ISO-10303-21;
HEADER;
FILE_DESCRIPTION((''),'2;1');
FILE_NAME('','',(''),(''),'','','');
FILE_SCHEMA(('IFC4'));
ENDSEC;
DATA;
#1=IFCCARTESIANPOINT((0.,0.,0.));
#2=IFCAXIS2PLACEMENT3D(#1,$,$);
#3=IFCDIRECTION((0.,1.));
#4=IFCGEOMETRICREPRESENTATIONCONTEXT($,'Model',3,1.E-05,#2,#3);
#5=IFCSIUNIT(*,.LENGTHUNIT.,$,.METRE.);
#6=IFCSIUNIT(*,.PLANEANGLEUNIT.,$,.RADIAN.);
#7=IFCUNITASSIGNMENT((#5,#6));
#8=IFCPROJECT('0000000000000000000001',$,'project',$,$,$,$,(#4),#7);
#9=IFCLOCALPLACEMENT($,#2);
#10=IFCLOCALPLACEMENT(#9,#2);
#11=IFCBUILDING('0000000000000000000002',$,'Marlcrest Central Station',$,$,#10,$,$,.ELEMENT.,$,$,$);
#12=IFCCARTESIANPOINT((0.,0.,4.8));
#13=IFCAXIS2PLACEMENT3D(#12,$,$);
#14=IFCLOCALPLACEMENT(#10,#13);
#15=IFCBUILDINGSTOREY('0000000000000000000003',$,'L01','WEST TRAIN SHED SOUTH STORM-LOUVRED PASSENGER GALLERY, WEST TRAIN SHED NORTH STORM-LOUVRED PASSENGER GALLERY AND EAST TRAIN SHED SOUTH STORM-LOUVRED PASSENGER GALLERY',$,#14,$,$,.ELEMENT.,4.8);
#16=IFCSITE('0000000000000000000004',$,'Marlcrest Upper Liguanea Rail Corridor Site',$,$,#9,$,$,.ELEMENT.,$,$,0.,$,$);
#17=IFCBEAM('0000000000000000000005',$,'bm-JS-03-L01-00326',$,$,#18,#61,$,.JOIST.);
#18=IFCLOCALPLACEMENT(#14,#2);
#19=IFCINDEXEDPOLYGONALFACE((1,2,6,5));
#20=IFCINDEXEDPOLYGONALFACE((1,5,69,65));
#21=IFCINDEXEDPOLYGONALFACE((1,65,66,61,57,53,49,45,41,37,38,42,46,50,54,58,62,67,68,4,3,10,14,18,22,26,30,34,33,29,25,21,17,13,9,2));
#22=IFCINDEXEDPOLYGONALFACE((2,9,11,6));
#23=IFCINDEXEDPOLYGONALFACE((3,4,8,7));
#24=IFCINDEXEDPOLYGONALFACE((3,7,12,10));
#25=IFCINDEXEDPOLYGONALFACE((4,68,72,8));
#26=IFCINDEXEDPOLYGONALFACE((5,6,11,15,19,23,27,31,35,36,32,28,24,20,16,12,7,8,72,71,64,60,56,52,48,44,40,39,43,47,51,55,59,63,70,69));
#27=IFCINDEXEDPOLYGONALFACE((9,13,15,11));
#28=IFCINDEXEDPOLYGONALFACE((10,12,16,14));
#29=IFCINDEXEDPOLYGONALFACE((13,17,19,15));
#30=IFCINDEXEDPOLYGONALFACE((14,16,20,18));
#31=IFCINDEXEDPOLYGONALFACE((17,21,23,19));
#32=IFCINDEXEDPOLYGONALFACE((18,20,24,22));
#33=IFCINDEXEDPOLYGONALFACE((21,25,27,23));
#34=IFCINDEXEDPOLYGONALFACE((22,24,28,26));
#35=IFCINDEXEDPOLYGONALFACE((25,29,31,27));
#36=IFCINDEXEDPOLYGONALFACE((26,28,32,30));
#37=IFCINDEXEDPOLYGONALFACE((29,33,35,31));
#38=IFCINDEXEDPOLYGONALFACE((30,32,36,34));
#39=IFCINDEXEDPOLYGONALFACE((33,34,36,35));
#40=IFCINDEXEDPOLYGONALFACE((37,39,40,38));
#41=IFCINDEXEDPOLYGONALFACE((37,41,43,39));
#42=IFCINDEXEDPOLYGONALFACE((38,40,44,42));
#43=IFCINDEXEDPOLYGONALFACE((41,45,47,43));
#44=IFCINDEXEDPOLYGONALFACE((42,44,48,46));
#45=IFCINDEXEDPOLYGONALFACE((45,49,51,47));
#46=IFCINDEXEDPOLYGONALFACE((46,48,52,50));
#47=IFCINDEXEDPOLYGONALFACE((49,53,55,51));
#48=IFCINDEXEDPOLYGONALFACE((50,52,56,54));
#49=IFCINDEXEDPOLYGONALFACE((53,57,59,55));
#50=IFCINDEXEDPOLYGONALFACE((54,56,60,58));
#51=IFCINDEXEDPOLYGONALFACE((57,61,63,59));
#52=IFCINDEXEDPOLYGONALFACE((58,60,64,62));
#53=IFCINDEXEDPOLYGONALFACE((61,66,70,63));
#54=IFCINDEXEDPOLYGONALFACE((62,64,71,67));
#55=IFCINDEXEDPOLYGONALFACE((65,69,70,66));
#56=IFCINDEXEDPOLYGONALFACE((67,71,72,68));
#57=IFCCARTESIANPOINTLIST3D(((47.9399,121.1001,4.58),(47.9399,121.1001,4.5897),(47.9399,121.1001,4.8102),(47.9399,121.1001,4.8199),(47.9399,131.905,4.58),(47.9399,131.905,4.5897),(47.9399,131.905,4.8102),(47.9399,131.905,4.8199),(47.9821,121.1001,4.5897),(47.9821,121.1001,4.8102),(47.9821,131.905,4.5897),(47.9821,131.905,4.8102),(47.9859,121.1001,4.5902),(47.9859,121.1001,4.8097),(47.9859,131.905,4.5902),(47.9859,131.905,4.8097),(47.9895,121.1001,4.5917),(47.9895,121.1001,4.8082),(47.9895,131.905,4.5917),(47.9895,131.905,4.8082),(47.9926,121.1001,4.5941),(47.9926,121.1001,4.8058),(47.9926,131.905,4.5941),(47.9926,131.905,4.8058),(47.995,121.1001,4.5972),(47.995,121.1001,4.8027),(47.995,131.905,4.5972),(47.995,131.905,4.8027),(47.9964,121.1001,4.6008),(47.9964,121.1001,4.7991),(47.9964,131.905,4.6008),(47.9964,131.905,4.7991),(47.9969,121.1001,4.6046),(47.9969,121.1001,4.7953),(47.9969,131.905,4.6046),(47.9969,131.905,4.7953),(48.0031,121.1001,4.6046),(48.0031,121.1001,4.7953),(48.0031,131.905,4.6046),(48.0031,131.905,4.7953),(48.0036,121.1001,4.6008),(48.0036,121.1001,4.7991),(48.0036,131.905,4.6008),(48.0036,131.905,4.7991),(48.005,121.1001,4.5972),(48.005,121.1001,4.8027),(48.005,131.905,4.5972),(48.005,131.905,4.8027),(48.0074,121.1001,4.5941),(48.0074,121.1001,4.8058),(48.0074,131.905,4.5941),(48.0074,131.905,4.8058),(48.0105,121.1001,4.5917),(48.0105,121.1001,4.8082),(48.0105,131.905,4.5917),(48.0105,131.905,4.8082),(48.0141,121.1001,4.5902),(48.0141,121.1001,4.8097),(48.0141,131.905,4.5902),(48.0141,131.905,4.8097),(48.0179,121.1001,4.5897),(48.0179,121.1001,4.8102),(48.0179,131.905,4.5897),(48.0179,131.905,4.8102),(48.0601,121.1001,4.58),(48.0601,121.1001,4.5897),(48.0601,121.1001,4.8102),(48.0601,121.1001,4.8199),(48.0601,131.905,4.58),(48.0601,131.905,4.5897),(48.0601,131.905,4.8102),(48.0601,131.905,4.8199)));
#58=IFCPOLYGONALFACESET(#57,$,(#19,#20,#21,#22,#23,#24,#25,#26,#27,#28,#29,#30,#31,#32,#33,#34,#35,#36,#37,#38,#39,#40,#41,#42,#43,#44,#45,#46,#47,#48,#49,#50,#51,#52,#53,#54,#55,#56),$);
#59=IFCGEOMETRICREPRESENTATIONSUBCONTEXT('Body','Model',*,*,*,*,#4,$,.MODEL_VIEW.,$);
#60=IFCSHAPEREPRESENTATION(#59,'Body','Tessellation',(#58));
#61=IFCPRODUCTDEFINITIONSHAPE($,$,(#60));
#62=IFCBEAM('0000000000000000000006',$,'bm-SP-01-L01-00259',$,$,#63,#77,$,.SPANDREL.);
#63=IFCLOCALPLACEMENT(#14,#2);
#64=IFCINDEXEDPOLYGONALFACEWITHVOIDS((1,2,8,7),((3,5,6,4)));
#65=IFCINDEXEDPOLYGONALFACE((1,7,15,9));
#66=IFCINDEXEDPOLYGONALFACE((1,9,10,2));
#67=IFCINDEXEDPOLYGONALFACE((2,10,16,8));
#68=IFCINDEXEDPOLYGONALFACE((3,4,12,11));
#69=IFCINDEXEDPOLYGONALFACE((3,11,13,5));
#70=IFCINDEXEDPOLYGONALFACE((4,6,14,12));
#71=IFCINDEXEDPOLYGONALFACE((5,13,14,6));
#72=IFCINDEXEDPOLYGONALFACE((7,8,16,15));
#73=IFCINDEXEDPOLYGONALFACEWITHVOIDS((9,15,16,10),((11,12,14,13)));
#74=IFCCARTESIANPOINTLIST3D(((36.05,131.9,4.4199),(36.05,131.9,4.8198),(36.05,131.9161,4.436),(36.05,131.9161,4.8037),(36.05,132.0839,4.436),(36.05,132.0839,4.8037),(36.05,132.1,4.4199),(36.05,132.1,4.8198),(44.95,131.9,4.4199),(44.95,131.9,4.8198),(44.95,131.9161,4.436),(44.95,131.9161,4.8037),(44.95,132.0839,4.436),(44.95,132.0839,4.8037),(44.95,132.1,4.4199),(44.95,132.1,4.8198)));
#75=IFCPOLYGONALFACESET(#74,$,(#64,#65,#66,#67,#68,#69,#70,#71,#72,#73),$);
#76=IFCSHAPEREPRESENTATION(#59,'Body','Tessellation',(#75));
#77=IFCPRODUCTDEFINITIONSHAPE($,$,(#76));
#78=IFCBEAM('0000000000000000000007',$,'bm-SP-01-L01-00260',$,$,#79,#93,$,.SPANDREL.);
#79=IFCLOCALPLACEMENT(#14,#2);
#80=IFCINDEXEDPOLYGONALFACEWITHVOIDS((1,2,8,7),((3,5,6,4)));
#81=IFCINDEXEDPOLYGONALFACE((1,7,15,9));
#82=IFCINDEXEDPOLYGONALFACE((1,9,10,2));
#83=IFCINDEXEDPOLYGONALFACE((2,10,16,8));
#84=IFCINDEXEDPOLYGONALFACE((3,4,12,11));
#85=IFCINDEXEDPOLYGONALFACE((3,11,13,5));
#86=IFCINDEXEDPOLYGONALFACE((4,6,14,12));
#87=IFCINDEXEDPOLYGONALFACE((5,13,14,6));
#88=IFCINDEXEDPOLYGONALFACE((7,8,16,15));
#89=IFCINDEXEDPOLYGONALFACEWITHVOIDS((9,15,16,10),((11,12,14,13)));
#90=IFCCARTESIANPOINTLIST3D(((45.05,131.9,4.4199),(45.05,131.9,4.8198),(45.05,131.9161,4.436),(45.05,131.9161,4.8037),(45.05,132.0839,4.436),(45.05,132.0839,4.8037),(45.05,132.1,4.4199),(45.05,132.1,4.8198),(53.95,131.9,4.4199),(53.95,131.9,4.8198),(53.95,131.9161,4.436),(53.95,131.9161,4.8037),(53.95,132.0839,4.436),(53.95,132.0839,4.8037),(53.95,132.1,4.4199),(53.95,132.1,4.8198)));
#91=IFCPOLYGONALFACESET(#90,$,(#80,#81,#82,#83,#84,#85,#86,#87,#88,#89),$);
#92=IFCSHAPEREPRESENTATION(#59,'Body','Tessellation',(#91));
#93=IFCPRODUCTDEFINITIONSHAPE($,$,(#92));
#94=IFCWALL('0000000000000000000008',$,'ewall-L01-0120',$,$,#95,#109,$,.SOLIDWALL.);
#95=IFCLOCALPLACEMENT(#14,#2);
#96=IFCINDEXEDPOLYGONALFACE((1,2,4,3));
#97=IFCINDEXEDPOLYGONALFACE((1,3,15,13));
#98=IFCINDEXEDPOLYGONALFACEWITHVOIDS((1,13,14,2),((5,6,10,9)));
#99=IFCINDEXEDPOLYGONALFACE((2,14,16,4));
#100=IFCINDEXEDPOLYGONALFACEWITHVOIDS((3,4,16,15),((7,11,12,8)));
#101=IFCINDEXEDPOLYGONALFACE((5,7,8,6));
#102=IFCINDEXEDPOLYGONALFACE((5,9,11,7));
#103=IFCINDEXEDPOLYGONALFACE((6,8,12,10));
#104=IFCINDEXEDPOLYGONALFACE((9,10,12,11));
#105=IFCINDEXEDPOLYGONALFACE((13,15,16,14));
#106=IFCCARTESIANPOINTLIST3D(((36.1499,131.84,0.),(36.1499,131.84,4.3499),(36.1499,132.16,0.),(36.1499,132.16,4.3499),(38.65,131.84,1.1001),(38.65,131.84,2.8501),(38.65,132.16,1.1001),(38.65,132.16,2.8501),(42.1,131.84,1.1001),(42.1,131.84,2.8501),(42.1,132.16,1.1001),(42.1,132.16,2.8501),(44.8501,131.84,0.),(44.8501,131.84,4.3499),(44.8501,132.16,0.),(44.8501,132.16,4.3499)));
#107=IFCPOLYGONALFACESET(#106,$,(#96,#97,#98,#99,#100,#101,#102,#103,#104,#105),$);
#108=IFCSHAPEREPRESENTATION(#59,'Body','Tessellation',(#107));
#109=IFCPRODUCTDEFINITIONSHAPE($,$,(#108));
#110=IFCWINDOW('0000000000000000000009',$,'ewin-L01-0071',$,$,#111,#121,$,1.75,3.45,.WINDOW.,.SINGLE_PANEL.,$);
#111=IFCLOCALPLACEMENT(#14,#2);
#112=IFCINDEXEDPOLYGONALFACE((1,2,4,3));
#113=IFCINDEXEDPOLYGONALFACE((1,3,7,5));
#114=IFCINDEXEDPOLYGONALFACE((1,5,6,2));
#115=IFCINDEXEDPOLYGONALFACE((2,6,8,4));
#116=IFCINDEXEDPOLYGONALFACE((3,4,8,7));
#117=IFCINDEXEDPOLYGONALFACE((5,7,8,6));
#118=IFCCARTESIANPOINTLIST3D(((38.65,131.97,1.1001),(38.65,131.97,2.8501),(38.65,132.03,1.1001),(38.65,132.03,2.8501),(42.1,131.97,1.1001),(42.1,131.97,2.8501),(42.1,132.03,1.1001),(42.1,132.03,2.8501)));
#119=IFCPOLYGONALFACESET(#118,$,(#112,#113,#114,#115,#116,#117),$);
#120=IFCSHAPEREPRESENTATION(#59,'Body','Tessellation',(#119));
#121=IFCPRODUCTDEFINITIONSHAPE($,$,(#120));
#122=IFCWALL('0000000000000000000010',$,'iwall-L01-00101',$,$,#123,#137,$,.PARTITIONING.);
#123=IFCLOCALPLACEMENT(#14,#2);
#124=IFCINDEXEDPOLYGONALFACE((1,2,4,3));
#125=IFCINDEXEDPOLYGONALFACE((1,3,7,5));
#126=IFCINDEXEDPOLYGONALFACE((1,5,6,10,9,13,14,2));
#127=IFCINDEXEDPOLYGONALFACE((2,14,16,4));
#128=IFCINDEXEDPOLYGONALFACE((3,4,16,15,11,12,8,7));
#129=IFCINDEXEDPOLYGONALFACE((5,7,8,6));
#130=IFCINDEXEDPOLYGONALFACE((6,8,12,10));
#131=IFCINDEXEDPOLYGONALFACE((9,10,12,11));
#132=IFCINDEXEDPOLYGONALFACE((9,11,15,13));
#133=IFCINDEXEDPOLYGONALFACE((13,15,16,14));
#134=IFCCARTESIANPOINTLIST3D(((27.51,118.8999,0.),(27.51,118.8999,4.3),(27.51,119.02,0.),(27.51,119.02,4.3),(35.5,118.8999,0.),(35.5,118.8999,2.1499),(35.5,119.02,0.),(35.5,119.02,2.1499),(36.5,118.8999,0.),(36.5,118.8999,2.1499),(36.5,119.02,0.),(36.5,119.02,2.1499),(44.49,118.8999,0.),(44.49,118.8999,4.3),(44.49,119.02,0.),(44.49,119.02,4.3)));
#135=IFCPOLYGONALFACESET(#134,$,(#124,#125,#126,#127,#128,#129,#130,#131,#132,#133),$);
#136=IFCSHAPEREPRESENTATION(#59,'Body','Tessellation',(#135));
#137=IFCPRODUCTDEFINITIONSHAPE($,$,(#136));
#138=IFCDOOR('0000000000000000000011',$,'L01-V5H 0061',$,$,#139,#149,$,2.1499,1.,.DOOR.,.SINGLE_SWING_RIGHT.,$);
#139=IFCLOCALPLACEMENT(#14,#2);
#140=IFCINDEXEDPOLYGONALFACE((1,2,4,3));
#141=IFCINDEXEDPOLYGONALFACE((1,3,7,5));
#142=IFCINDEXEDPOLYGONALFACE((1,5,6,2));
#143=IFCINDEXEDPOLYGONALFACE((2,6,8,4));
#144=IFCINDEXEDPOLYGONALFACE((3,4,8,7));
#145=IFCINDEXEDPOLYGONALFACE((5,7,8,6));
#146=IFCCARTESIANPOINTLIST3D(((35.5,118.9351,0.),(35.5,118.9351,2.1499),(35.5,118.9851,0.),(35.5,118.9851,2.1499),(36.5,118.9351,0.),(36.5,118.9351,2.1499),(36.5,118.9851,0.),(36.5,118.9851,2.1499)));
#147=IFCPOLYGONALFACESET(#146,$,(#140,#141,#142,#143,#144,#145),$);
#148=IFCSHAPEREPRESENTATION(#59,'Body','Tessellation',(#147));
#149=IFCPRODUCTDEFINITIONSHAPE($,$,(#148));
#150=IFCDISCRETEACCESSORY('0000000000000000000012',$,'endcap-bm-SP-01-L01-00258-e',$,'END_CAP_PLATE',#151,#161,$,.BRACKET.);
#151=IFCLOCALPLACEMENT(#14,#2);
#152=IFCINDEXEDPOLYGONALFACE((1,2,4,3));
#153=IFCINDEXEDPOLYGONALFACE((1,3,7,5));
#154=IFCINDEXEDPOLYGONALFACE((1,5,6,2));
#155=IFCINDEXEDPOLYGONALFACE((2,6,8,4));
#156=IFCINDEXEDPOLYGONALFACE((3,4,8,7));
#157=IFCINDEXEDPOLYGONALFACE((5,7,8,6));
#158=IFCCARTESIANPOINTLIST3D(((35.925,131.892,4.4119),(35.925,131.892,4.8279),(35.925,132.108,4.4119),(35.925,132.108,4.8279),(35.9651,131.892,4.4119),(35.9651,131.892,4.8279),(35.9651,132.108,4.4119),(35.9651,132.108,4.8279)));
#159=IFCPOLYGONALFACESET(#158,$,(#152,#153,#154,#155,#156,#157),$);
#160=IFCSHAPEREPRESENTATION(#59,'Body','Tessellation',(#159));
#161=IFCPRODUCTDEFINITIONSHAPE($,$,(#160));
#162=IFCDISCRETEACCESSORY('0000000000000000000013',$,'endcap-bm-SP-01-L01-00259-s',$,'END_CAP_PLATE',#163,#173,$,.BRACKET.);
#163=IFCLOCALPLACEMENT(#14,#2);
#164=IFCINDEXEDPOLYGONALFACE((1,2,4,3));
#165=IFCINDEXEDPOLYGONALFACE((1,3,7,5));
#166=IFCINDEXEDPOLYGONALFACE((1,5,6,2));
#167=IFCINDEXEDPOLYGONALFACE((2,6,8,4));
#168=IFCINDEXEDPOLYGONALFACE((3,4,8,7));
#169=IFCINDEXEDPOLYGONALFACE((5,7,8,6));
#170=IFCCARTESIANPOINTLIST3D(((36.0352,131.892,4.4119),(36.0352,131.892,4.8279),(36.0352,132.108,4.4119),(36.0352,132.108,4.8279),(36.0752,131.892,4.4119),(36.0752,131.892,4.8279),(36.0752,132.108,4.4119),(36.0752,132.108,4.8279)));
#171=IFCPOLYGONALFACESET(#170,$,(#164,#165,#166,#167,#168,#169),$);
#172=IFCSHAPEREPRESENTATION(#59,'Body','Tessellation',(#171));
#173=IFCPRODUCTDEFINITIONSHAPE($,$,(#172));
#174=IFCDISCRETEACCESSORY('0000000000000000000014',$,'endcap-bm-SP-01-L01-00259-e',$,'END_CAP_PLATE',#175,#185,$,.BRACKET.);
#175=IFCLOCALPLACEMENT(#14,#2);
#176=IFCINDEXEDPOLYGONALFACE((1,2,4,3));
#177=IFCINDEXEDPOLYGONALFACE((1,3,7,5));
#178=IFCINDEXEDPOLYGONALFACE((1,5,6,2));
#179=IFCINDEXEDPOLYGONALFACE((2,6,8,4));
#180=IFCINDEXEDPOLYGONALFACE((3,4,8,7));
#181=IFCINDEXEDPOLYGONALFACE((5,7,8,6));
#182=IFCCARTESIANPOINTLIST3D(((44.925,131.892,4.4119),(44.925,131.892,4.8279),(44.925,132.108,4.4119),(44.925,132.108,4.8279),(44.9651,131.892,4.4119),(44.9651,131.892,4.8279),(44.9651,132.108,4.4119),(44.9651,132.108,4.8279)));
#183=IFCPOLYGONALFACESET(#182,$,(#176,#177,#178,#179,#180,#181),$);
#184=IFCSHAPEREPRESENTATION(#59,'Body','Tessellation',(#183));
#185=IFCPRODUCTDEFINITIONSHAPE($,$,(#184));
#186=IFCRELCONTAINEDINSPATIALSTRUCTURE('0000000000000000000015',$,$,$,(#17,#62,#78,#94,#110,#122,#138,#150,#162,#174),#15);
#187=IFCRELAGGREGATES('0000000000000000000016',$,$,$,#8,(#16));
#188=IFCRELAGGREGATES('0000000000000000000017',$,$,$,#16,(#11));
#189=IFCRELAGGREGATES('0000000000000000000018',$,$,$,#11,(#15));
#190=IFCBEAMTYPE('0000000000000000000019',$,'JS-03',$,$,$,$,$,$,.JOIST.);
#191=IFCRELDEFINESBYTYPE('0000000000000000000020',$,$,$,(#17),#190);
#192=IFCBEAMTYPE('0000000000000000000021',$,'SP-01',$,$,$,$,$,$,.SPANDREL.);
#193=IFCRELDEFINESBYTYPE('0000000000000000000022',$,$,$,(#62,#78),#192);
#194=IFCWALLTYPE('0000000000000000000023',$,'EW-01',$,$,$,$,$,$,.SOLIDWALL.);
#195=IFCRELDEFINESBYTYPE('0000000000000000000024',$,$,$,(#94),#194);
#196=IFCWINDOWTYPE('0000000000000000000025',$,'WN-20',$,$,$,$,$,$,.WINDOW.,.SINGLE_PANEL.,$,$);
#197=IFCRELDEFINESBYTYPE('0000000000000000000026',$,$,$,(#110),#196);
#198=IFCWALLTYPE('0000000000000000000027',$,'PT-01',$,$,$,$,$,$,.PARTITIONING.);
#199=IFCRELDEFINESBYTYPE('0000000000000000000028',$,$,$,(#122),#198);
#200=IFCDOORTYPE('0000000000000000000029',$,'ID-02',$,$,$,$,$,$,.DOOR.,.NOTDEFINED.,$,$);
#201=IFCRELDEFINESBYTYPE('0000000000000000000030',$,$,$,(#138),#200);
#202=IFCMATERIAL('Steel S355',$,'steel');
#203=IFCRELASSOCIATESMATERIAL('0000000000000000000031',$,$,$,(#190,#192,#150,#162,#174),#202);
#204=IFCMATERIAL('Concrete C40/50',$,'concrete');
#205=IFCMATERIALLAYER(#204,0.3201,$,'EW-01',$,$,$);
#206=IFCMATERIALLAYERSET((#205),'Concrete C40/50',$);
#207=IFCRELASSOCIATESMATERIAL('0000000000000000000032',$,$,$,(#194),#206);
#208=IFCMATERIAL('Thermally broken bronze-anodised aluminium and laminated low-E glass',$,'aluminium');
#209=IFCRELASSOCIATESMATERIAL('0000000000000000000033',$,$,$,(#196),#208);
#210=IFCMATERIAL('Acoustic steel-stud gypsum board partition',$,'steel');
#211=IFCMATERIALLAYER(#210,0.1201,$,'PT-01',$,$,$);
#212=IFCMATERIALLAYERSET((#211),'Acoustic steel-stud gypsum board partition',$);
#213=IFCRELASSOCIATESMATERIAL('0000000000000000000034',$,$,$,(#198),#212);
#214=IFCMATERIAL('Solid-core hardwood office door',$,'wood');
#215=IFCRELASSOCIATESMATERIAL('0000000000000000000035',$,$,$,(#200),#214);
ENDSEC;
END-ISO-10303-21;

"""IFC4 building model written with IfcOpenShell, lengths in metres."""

from ifc_helpers import new_model, si_unit, direction, frame, frame_2d, origin, origin_2d, place, context, subcontext, project, spatial, rectangle, hollow_rectangle, i_section, extrude, material, layer, layer_set, material_profile, profile_set, type_object, element, fill, save


model = new_model("IFC4")

# Units and contexts
model_context = context("Model", 3, precision=1e-05, world=origin(), true_north=direction((0.0, 1.0)))
body_context = subcontext(model_context, "Body", "Model", "MODEL_VIEW")
ifc_project = project(units=[si_unit("LENGTHUNIT", "METRE"), si_unit("PLANEANGLEUNIT", "RADIAN")], contexts=[model_context])

# Site, building, storey
site_placement = place(None, origin())
site = spatial("IfcSite", under=ifc_project, at=site_placement, Name="Marlcrest Upper Liguanea Rail Corridor Site", CompositionType="ELEMENT", RefElevation=0.0)
building_placement = place(site_placement, origin())
building = spatial("IfcBuilding", under=site, at=building_placement, Name="Marlcrest Central Station", CompositionType="ELEMENT")
storey_placement = place(building_placement, frame((0.0, 0.0, 4.8)))
storey = spatial("IfcBuildingStorey", under=building, at=storey_placement, Name="L01", Description="WEST TRAIN SHED SOUTH STORM-LOUVRED PASSENGER GALLERY, WEST TRAIN SHED NORTH STORM-LOUVRED PASSENGER GALLERY AND EAST TRAIN SHED SOUTH STORM-LOUVRED PASSENGER GALLERY", CompositionType="ELEMENT", Elevation=4.8)

# Shared definitions
ifc_material_1 = material(Name="Steel S355", Category="steel")

# Beams
ifc_material_profile_1 = material_profile(ifc_material_1, i_section(OverallWidth=0.1201, OverallDepth=0.24, WebThickness=0.0061, FlangeThickness=0.0098, FilletRadius=0.0149, at=origin_2d()), Name="IPE 240")
ifc_profile_set_1 = profile_set([ifc_material_profile_1], Name="Steel S355")
beam_type_1 = type_object("IfcBeamType", Name="JS-03", PredefinedType="JOIST", material=ifc_profile_set_1)
for number, where, z_axis, x_axis, name in (
    (1, (48.0, 121.1001, 4.7), (0.0, 1.0, 0.0), (-1.0, 0.0, 0.0), "bm-JS-03-L01-00326"),
):
    element("IfcBeam", number, at=place(storey_placement, frame(where, z_axis=z_axis, x_axis=x_axis)), inside=storey, type_object=beam_type_1, Name=name, PredefinedType="JOIST", context=body_context, shape_type="SweptSolid", body=[
        extrude(i_section(OverallWidth=0.1201, OverallDepth=0.24, WebThickness=0.0061, FlangeThickness=0.0098, FilletRadius=0.0149, at=origin_2d()), origin(), (0.0, 0.0, 1.0), 10.8049),
    ])
ifc_material_profile_2 = material_profile(ifc_material_1, hollow_rectangle(XDim=0.2, YDim=0.3999, WallThickness=0.0161, at=origin_2d()), Name="RHS 400x200x16")
ifc_profile_set_2 = profile_set([ifc_material_profile_2], Name="Steel S355")
beam_type_2 = type_object("IfcBeamType", Name="SP-01", PredefinedType="SPANDREL", material=ifc_profile_set_2)
for number, where, z_axis, x_axis, name in (
    (2, (36.05, 132.0, 4.6199), (1.0, 0.0, 0.0), (0.0, 1.0, 0.0), "bm-SP-01-L01-00259"),
    (3, (45.05, 132.0, 4.6199), (1.0, 0.0, 0.0), (0.0, 1.0, 0.0), "bm-SP-01-L01-00260"),
):
    element("IfcBeam", number, at=place(storey_placement, frame(where, z_axis=z_axis, x_axis=x_axis)), inside=storey, type_object=beam_type_2, Name=name, PredefinedType="SPANDREL", context=body_context, shape_type="SweptSolid", body=[
        extrude(hollow_rectangle(XDim=0.2, YDim=0.3999, WallThickness=0.0161, at=origin_2d()), origin(), (0.0, 0.0, 1.0), 8.8999),
    ])

# Wall, opening, window
ifc_material_2 = material(Name="Concrete C40/50", Category="concrete")
ifc_layer_1 = layer(ifc_material_2, 0.3201, Name="EW-01")
ifc_layer_set_1 = layer_set([ifc_layer_1], Name="Concrete C40/50")
wall_type_1 = type_object("IfcWallType", Name="EW-01", PredefinedType="SOLIDWALL", material=ifc_layer_set_1)
wall_1_placement = place(storey_placement, frame((36.1499, 132.0, 0.0), z_axis=(0.0, 0.0, 1.0), x_axis=(1.0, 0.0, 0.0)))
wall_1 = element("IfcWall", 4, at=wall_1_placement, inside=storey, type_object=wall_type_1, Name="ewall-L01-0120", PredefinedType="SOLIDWALL", context=body_context, shape_type="SweptSolid", body=[
    extrude(rectangle(XDim=8.7002, YDim=0.3201, at=frame_2d((4.3501, 0.0))), origin(), (0.0, 0.0, 1.0), 4.3499),
])
opening_1_placement = place(wall_1_placement, frame((2.5, 0.0, 1.1001)))
opening_1 = element("IfcOpeningElement", 5, at=opening_1_placement, cuts=wall_1, PredefinedType="OPENING", context=body_context, shape_type="SweptSolid", body=[
    extrude(rectangle(XDim=3.45, YDim=1.75, at=frame_2d((1.7251, 0.875))), frame((0.0, 0.1699, 0.0), z_axis=(0.0, -1.0, 0.0), x_axis=(1.0, 0.0, 0.0)), (0.0, 0.0, 1.0), 0.3401),
])
ifc_material_3 = material(Name="Thermally broken bronze-anodised aluminium and laminated low-E glass", Category="aluminium")
window_type = type_object("IfcWindowType", Name="WN-20", PartitioningType="SINGLE_PANEL", PredefinedType="WINDOW", material=ifc_material_3)
window_placement = place(opening_1_placement, origin())
window = element("IfcWindow", 6, at=window_placement, inside=storey, type_object=window_type, Name="ewin-L01-0071", OverallHeight=1.75, OverallWidth=3.45, PartitioningType="SINGLE_PANEL", PredefinedType="WINDOW", context=body_context, shape_type="SweptSolid", body=[
    extrude(rectangle(XDim=3.45, YDim=1.75, at=frame_2d((1.7251, 0.875))), frame((0.0, 0.03, 0.0), z_axis=(0.0, -1.0, 0.0), x_axis=(1.0, 0.0, 0.0)), (0.0, 0.0, 1.0), 0.0601),
])
fill(opening_1, window)

# Wall, opening, door
ifc_material_4 = material(Name="Acoustic steel-stud gypsum board partition", Category="steel")
ifc_layer_2 = layer(ifc_material_4, 0.1201, Name="PT-01")
ifc_layer_set_2 = layer_set([ifc_layer_2], Name="Acoustic steel-stud gypsum board partition")
wall_type_2 = type_object("IfcWallType", Name="PT-01", PredefinedType="PARTITIONING", material=ifc_layer_set_2)
wall_2_placement = place(storey_placement, frame((44.49, 118.96, 0.0), z_axis=(0.0, 0.0, 1.0), x_axis=(-1.0, 0.0, 0.0)))
wall_2 = element("IfcWall", 7, at=wall_2_placement, inside=storey, type_object=wall_type_2, Name="iwall-L01-00101", PredefinedType="PARTITIONING", context=body_context, shape_type="SweptSolid", body=[
    extrude(rectangle(XDim=16.98, YDim=0.1201, at=frame_2d((8.49, 0.0))), origin(), (0.0, 0.0, 1.0), 4.3),
])
opening_2_placement = place(wall_2_placement, frame((7.99, 0.0, 0.0)))
opening_2 = element("IfcOpeningElement", 8, at=opening_2_placement, cuts=wall_2, PredefinedType="OPENING", context=body_context, shape_type="SweptSolid", body=[
    extrude(rectangle(XDim=1.0, YDim=2.1499, at=frame_2d((0.5, 1.075))), frame((0.0, 0.0701, 0.0), z_axis=(0.0, -1.0, 0.0), x_axis=(1.0, 0.0, 0.0)), (0.0, 0.0, 1.0), 0.1401),
])
ifc_material_5 = material(Name="Solid-core hardwood office door", Category="wood")
door_type_1 = type_object("IfcDoorType", Name="ID-02", OperationType="NOTDEFINED", PredefinedType="DOOR", material=ifc_material_5)
door_1_placement = place(opening_2_placement, origin())
door_1 = element("IfcDoor", 9, at=door_1_placement, inside=storey, type_object=door_type_1, Name="L01-V5H 0061", OperationType="SINGLE_SWING_RIGHT", OverallHeight=2.1499, OverallWidth=1.0, PredefinedType="DOOR", context=body_context, shape_type="SweptSolid", body=[
    extrude(rectangle(XDim=1.0, YDim=2.1499, at=frame_2d((0.5, 1.075))), frame((0.0, 0.0249, 0.0), z_axis=(0.0, -1.0, 0.0), x_axis=(1.0, 0.0, 0.0)), (0.0, 0.0, 1.0), 0.05),
])
fill(opening_2, door_1)

# Discrete accessories
for number, where, z_axis, x_axis, name in (
    (10, (35.925, 132.0, 4.6199), (1.0, 0.0, 0.0), (0.0, 1.0, 0.0), "endcap-bm-SP-01-L01-00258-e"),
    (11, (36.0352, 132.0, 4.6199), (1.0, 0.0, 0.0), (0.0, 1.0, 0.0), "endcap-bm-SP-01-L01-00259-s"),
    (12, (44.925, 132.0, 4.6199), (1.0, 0.0, 0.0), (0.0, 1.0, 0.0), "endcap-bm-SP-01-L01-00259-e"),
):
    element("IfcDiscreteAccessory", number, at=place(storey_placement, frame(where, z_axis=z_axis, x_axis=x_axis)), inside=storey, material=ifc_material_1, Name=name, ObjectType="END_CAP_PLATE", PredefinedType="BRACKET", context=body_context, shape_type="SweptSolid", body=[
        extrude(rectangle(XDim=0.2161, YDim=0.416, at=origin_2d()), origin(), (0.0, 0.0, 1.0), 0.04),
    ])

save(model, "model.ifc")
